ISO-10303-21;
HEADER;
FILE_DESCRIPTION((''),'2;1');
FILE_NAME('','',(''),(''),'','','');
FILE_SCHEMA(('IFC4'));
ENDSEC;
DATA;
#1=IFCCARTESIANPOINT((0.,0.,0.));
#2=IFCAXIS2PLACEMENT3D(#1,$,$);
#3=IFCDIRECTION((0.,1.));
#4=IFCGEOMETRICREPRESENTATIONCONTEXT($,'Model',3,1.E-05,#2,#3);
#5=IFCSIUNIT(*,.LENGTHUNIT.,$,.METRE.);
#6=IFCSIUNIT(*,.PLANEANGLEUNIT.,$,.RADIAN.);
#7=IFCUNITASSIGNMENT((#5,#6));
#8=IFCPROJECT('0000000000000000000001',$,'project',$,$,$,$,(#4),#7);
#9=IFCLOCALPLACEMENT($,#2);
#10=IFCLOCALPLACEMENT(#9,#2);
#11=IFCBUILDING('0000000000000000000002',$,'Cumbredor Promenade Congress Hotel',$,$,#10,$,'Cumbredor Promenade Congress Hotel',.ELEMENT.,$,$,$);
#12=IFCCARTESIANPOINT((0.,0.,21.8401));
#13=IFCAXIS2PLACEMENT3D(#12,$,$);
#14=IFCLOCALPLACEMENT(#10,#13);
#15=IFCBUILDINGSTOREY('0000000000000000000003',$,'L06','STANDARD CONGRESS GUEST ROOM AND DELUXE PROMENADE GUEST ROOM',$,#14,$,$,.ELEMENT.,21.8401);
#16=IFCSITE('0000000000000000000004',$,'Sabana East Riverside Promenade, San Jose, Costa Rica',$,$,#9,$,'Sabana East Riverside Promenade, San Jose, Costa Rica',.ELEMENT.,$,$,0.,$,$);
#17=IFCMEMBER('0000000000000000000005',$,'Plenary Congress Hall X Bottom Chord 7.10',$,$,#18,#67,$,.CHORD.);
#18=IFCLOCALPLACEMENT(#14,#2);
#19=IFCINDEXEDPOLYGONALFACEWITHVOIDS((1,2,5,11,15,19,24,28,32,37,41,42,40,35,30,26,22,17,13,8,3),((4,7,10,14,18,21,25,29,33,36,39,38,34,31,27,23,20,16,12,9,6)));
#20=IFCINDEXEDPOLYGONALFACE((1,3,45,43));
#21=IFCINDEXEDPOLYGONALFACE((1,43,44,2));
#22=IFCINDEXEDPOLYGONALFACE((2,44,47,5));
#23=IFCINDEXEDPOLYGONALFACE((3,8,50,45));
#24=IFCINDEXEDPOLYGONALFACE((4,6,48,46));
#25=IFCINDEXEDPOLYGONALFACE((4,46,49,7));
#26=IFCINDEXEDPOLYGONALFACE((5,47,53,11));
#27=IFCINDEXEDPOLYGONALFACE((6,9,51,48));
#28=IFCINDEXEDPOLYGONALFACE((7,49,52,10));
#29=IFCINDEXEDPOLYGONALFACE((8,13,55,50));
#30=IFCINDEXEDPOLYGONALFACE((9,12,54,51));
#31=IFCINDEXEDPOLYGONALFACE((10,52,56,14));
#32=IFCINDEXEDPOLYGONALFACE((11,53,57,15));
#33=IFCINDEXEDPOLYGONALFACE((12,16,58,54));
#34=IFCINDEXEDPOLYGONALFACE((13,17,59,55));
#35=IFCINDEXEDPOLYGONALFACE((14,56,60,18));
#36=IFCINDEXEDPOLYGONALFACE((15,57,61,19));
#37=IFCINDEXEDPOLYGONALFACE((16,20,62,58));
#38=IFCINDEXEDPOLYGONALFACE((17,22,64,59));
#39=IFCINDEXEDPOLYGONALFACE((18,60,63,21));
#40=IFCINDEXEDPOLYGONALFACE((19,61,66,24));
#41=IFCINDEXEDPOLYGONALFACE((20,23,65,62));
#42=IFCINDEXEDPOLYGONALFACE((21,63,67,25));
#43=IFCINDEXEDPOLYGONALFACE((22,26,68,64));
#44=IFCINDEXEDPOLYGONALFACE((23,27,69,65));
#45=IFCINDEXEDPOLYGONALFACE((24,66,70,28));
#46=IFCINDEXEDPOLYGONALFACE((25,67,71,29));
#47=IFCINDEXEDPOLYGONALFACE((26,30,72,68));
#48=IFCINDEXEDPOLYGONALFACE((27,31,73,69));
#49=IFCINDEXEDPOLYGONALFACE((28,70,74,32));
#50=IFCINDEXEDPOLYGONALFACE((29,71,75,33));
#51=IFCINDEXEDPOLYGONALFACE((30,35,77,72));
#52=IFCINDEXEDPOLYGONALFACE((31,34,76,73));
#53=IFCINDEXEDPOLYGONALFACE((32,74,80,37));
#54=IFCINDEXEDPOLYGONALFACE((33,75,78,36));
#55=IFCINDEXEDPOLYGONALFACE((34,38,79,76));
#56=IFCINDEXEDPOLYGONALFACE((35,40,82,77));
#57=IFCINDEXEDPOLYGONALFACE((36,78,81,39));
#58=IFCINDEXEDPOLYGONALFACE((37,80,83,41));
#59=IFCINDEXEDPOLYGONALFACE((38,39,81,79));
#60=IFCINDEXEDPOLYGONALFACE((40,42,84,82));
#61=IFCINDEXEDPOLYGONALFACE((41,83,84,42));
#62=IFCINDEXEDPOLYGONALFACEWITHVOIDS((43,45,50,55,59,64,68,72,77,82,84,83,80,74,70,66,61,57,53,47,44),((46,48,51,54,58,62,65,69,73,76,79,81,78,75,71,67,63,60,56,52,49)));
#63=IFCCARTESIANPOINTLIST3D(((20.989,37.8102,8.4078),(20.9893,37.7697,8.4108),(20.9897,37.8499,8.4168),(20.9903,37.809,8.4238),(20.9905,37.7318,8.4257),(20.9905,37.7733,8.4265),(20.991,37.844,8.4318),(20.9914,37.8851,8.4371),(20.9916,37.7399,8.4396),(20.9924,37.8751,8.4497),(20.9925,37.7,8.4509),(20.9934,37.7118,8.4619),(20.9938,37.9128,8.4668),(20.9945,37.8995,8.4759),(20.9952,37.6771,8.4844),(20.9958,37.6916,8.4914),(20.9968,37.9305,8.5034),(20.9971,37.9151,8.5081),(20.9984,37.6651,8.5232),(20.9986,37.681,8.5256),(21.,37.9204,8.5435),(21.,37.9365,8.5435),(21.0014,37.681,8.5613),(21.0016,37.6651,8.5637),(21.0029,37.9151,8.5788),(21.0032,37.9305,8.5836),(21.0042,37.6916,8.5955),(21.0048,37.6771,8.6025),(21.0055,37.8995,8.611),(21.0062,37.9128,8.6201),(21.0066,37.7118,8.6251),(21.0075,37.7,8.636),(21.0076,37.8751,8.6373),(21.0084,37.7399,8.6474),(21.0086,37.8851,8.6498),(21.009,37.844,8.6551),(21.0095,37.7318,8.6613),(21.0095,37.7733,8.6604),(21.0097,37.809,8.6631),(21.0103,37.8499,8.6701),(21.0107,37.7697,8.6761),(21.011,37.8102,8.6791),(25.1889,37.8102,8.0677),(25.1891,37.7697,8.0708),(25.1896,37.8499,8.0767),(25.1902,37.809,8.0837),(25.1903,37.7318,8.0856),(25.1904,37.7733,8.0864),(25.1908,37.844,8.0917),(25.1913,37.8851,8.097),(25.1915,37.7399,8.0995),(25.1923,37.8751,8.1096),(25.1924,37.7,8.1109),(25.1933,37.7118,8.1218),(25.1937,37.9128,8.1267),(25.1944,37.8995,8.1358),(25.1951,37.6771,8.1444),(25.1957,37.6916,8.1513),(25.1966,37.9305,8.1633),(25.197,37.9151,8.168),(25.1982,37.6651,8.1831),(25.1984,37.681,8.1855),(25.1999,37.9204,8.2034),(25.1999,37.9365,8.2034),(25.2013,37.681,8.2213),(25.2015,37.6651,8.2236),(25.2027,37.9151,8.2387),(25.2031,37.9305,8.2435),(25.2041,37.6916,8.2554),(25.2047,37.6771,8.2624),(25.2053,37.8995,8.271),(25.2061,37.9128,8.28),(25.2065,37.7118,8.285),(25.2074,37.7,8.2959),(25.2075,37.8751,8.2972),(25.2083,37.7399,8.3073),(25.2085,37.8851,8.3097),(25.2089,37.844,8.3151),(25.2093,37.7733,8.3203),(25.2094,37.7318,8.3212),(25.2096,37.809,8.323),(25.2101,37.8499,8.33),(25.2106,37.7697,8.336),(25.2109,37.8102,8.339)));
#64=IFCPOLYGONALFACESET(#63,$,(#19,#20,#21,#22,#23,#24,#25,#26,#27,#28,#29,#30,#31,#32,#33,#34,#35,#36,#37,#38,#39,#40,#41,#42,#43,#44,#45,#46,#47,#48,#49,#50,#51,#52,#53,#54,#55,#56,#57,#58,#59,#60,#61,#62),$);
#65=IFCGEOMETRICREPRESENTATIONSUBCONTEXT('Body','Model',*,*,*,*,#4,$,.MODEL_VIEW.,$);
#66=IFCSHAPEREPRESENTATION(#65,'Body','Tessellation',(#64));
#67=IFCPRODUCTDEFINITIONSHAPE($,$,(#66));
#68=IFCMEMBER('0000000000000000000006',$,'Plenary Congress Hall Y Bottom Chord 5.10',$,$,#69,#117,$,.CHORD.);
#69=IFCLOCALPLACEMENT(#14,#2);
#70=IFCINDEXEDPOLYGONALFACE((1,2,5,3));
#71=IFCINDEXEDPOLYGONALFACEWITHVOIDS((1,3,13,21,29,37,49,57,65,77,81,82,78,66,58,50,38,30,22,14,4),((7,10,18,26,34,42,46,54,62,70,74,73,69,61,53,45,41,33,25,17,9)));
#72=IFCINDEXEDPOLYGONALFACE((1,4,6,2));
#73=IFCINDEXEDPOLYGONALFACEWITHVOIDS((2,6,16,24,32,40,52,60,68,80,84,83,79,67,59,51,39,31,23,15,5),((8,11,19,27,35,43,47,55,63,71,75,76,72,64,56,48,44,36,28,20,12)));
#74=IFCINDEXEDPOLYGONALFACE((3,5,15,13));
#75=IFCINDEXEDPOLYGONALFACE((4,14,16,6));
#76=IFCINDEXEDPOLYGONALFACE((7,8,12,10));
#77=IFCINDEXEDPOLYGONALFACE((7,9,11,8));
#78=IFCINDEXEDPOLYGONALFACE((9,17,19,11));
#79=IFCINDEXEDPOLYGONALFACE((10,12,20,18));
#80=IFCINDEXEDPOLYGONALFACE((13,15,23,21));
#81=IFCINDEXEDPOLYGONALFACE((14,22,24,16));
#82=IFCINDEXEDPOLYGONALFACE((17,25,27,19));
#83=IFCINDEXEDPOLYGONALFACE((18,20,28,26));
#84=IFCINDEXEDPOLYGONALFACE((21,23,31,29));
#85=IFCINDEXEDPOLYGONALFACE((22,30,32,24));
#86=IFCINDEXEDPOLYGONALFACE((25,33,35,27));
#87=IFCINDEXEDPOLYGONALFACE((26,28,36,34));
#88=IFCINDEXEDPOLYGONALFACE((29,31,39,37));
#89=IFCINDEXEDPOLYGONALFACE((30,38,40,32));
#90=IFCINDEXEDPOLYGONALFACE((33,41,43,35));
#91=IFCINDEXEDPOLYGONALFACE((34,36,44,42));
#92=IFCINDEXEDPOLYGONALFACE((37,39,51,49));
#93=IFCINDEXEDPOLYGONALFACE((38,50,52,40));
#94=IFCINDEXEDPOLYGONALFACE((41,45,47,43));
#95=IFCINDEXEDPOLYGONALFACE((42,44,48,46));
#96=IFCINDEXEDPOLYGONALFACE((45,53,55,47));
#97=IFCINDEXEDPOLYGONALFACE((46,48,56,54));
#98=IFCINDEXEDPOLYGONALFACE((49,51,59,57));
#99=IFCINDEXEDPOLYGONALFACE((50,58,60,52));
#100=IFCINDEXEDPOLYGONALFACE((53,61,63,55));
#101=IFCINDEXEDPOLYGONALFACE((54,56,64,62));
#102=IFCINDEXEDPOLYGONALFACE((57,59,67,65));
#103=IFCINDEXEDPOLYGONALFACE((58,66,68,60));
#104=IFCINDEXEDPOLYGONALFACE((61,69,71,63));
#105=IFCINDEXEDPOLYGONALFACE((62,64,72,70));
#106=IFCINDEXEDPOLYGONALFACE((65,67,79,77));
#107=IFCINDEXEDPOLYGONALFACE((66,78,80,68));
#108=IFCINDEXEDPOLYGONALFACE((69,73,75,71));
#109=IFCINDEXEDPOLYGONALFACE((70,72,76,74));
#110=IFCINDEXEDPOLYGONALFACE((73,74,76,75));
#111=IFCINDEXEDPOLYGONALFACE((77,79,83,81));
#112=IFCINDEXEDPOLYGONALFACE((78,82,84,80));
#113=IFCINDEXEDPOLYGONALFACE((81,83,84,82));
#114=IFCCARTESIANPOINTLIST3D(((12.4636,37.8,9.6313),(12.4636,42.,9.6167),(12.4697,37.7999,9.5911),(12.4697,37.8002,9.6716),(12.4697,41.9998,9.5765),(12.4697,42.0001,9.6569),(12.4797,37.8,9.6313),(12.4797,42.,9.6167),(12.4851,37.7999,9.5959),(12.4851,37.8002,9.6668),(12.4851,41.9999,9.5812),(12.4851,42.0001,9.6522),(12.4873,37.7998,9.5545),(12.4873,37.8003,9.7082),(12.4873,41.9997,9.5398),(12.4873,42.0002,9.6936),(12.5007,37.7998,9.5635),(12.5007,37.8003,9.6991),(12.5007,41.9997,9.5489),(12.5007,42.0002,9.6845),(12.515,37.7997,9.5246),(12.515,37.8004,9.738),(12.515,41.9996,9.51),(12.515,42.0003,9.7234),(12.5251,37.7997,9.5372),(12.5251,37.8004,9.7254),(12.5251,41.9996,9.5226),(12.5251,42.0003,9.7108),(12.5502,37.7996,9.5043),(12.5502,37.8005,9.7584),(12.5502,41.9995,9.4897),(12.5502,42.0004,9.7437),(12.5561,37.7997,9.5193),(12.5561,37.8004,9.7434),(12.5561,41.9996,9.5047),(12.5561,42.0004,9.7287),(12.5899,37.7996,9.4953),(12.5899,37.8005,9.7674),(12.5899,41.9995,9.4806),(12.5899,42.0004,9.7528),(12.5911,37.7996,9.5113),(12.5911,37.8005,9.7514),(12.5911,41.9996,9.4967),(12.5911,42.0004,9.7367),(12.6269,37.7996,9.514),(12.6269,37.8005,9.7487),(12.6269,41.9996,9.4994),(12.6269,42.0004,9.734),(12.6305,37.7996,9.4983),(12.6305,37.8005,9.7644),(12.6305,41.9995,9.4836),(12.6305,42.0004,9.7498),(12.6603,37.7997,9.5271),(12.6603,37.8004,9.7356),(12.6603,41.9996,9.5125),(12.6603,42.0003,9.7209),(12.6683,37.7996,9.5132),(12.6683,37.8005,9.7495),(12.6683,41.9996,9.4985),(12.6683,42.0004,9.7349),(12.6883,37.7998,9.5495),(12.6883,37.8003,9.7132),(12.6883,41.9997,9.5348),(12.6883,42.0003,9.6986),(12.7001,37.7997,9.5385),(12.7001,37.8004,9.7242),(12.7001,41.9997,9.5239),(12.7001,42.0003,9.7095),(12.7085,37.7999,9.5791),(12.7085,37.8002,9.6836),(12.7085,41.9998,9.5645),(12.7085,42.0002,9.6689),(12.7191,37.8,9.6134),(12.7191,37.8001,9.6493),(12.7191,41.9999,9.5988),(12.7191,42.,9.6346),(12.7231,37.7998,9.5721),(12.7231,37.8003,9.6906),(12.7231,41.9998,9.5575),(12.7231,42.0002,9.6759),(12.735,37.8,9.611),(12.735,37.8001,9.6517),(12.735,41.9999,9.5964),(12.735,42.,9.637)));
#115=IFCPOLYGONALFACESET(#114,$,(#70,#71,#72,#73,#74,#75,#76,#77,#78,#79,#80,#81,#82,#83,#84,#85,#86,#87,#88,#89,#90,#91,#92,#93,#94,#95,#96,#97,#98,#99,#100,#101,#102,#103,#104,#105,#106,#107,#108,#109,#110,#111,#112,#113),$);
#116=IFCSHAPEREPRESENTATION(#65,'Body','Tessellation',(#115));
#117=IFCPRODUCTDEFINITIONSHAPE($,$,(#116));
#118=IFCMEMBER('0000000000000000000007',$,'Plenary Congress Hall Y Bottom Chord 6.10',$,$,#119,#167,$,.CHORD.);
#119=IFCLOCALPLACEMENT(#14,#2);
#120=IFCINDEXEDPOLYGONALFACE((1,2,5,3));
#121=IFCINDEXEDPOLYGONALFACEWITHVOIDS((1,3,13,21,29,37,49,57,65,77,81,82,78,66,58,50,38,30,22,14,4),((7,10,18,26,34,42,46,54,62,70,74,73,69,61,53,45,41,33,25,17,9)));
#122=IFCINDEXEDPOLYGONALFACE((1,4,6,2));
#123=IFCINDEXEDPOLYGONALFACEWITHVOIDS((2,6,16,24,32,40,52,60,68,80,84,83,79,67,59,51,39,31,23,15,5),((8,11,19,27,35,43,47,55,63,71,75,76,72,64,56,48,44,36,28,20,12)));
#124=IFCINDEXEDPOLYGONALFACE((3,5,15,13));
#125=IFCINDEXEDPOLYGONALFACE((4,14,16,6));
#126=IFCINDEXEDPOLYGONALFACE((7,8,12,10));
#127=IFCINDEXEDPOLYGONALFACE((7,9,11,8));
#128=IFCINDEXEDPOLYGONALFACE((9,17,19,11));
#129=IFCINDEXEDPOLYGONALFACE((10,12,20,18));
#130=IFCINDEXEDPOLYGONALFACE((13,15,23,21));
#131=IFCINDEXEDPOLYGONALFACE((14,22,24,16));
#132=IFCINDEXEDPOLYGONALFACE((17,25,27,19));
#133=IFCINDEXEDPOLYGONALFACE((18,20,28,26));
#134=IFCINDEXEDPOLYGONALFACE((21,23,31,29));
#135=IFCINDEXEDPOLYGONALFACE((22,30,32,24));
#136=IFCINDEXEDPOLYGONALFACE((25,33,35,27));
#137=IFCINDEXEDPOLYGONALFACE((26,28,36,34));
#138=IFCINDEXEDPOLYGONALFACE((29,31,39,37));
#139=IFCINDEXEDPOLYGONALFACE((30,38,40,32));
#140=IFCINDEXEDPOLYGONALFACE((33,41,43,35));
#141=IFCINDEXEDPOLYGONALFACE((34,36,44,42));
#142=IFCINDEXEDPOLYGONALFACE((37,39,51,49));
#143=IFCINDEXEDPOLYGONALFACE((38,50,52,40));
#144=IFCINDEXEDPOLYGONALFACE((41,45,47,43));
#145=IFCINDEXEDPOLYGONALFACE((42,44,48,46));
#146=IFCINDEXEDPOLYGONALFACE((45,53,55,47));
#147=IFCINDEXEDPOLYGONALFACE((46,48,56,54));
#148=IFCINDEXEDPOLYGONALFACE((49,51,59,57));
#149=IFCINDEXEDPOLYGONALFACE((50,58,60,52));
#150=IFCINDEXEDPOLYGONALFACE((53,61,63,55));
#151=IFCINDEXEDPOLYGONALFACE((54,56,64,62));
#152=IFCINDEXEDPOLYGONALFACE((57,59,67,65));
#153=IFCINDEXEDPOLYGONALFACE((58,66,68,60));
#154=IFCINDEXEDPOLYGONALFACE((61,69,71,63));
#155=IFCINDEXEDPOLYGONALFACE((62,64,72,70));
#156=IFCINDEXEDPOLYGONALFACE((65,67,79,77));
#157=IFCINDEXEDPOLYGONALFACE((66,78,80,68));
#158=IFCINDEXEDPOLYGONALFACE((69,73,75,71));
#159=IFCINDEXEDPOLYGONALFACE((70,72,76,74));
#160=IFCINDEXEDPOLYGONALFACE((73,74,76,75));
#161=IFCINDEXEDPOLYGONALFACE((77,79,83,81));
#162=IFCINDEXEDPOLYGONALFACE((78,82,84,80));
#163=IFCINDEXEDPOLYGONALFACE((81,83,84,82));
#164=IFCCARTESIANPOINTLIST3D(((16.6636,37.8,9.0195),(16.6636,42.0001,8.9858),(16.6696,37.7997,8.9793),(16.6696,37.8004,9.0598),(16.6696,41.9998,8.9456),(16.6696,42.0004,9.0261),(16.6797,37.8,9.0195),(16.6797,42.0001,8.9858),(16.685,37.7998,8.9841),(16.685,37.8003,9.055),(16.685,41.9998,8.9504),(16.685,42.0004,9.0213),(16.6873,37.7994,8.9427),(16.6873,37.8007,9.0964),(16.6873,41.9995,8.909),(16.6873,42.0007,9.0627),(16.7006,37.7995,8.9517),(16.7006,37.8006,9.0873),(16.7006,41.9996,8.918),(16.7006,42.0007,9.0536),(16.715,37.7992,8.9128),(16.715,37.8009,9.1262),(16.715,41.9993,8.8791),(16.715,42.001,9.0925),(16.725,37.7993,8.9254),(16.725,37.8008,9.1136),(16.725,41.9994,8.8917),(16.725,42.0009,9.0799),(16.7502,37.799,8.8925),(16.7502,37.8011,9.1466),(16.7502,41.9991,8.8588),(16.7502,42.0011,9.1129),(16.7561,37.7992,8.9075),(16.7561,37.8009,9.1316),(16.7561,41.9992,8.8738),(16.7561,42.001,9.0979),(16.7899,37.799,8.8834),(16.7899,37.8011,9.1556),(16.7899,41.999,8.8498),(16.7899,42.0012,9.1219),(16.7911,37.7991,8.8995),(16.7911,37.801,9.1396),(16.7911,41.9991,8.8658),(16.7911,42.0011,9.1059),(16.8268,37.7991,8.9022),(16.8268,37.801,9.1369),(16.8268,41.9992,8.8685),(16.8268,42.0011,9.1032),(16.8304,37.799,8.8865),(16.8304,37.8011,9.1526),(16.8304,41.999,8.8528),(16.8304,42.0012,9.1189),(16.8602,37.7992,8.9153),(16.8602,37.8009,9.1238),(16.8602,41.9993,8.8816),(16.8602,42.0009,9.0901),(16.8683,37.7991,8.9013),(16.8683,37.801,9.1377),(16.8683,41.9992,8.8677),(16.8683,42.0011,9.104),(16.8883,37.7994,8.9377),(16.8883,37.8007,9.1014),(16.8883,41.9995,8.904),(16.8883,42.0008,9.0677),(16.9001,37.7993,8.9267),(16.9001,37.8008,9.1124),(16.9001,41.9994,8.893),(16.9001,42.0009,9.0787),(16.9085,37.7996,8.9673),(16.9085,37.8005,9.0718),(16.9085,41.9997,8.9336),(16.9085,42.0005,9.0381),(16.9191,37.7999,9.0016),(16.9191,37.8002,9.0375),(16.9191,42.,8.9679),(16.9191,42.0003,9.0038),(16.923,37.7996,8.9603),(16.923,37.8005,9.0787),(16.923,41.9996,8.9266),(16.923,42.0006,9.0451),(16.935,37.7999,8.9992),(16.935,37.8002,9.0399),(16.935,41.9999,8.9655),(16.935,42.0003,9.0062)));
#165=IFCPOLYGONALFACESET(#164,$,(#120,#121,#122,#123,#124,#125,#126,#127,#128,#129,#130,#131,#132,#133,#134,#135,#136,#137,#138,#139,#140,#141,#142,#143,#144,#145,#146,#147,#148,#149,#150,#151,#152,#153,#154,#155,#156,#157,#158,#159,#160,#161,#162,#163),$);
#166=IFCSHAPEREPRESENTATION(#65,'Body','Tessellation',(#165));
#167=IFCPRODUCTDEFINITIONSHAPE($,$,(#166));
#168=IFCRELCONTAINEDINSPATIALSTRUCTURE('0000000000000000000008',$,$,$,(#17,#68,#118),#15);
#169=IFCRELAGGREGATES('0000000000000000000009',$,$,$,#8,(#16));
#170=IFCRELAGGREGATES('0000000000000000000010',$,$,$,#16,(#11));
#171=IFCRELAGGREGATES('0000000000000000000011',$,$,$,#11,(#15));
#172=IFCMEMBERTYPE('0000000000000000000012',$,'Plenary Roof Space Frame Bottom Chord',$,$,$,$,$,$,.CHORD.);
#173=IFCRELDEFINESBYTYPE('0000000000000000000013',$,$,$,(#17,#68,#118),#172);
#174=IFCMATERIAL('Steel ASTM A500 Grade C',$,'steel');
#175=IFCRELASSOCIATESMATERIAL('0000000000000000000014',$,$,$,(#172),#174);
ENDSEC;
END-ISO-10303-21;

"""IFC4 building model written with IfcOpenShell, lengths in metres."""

from ifc_helpers import new_model, si_unit, direction, frame, origin, origin_2d, place, context, subcontext, project, spatial, hollow_circle, extrude, material, material_profile, profile_set, type_object, element, save


model = new_model("IFC4")

# Units and contexts
model_context = context("Model", 3, precision=1e-05, world=origin(), true_north=direction((0.0, 1.0)))
body_context = subcontext(model_context, "Body", "Model", "MODEL_VIEW")
ifc_project = project(units=[si_unit("LENGTHUNIT", "METRE"), si_unit("PLANEANGLEUNIT", "RADIAN")], contexts=[model_context])

# Site, building, storey
site_placement = place(None, origin())
site = spatial("IfcSite", under=ifc_project, at=site_placement, Name="Sabana East Riverside Promenade, San Jose, Costa Rica", LongName="Sabana East Riverside Promenade, San Jose, Costa Rica", CompositionType="ELEMENT", RefElevation=0.0)
building_placement = place(site_placement, origin())
building = spatial("IfcBuilding", under=site, at=building_placement, Name="Cumbredor Promenade Congress Hotel", LongName="Cumbredor Promenade Congress Hotel", CompositionType="ELEMENT")
storey_placement = place(building_placement, frame((0.0, 0.0, 21.8401)))
storey = spatial("IfcBuildingStorey", under=building, at=storey_placement, Name="L06", Description="STANDARD CONGRESS GUEST ROOM AND DELUXE PROMENADE GUEST ROOM", CompositionType="ELEMENT", Elevation=21.8401)

# Members
ifc_material_1 = material(Name="Steel ASTM A500 Grade C", Category="steel")
ifc_material_profile_1 = material_profile(ifc_material_1, hollow_circle(Radius=0.1365, WallThickness=0.0161, at=origin_2d()), Name="CHS 273.0x16")
ifc_profile_set_1 = profile_set([ifc_material_profile_1], Name="Steel ASTM A500 Grade C")
member_type_1 = type_object("IfcMemberType", Name="Plenary Roof Space Frame Bottom Chord", PredefinedType="CHORD", material=ifc_profile_set_1)
member_1_placement = place(storey_placement, frame((21.0, 37.8, 8.5435), z_axis=(0.996738, 0.0, -0.08071), x_axis=(0.0, 1.0, 0.0)))
element("IfcMember", 1, at=member_1_placement, inside=storey, type_object=member_type_1, Name="Plenary Congress Hall X Bottom Chord 7.10", PredefinedType="CHORD", context=body_context, shape_type="SweptSolid", body=[
    extrude(hollow_circle(Radius=0.1365, WallThickness=0.0161, at=origin_2d()), origin(), (0.0, 0.0, 1.0), 4.2136),
])
member_2_placement = place(storey_placement, frame((12.6001, 37.8, 9.6313), z_axis=(0.0, 0.999994, -0.003488), x_axis=(-1.0, 0.0, 0.0)))
element("IfcMember", 2, at=member_2_placement, inside=storey, type_object=member_type_1, Name="Plenary Congress Hall Y Bottom Chord 5.10", PredefinedType="CHORD", context=body_context, shape_type="SweptSolid", body=[
    extrude(hollow_circle(Radius=0.1365, WallThickness=0.0161, at=origin_2d()), origin(), (0.0, 0.0, 1.0), 4.2),
])
member_3_placement = place(storey_placement, frame((16.8, 37.8, 9.0195), z_axis=(0.0, 0.999968, -0.008022), x_axis=(-1.0, 0.0, 0.0)))
element("IfcMember", 3, at=member_3_placement, inside=storey, type_object=member_type_1, Name="Plenary Congress Hall Y Bottom Chord 6.10", PredefinedType="CHORD", context=body_context, shape_type="SweptSolid", body=[
    extrude(hollow_circle(Radius=0.1365, WallThickness=0.0161, at=origin_2d()), origin(), (0.0, 0.0, 1.0), 4.2002),
])

save(model, "model.ifc")
